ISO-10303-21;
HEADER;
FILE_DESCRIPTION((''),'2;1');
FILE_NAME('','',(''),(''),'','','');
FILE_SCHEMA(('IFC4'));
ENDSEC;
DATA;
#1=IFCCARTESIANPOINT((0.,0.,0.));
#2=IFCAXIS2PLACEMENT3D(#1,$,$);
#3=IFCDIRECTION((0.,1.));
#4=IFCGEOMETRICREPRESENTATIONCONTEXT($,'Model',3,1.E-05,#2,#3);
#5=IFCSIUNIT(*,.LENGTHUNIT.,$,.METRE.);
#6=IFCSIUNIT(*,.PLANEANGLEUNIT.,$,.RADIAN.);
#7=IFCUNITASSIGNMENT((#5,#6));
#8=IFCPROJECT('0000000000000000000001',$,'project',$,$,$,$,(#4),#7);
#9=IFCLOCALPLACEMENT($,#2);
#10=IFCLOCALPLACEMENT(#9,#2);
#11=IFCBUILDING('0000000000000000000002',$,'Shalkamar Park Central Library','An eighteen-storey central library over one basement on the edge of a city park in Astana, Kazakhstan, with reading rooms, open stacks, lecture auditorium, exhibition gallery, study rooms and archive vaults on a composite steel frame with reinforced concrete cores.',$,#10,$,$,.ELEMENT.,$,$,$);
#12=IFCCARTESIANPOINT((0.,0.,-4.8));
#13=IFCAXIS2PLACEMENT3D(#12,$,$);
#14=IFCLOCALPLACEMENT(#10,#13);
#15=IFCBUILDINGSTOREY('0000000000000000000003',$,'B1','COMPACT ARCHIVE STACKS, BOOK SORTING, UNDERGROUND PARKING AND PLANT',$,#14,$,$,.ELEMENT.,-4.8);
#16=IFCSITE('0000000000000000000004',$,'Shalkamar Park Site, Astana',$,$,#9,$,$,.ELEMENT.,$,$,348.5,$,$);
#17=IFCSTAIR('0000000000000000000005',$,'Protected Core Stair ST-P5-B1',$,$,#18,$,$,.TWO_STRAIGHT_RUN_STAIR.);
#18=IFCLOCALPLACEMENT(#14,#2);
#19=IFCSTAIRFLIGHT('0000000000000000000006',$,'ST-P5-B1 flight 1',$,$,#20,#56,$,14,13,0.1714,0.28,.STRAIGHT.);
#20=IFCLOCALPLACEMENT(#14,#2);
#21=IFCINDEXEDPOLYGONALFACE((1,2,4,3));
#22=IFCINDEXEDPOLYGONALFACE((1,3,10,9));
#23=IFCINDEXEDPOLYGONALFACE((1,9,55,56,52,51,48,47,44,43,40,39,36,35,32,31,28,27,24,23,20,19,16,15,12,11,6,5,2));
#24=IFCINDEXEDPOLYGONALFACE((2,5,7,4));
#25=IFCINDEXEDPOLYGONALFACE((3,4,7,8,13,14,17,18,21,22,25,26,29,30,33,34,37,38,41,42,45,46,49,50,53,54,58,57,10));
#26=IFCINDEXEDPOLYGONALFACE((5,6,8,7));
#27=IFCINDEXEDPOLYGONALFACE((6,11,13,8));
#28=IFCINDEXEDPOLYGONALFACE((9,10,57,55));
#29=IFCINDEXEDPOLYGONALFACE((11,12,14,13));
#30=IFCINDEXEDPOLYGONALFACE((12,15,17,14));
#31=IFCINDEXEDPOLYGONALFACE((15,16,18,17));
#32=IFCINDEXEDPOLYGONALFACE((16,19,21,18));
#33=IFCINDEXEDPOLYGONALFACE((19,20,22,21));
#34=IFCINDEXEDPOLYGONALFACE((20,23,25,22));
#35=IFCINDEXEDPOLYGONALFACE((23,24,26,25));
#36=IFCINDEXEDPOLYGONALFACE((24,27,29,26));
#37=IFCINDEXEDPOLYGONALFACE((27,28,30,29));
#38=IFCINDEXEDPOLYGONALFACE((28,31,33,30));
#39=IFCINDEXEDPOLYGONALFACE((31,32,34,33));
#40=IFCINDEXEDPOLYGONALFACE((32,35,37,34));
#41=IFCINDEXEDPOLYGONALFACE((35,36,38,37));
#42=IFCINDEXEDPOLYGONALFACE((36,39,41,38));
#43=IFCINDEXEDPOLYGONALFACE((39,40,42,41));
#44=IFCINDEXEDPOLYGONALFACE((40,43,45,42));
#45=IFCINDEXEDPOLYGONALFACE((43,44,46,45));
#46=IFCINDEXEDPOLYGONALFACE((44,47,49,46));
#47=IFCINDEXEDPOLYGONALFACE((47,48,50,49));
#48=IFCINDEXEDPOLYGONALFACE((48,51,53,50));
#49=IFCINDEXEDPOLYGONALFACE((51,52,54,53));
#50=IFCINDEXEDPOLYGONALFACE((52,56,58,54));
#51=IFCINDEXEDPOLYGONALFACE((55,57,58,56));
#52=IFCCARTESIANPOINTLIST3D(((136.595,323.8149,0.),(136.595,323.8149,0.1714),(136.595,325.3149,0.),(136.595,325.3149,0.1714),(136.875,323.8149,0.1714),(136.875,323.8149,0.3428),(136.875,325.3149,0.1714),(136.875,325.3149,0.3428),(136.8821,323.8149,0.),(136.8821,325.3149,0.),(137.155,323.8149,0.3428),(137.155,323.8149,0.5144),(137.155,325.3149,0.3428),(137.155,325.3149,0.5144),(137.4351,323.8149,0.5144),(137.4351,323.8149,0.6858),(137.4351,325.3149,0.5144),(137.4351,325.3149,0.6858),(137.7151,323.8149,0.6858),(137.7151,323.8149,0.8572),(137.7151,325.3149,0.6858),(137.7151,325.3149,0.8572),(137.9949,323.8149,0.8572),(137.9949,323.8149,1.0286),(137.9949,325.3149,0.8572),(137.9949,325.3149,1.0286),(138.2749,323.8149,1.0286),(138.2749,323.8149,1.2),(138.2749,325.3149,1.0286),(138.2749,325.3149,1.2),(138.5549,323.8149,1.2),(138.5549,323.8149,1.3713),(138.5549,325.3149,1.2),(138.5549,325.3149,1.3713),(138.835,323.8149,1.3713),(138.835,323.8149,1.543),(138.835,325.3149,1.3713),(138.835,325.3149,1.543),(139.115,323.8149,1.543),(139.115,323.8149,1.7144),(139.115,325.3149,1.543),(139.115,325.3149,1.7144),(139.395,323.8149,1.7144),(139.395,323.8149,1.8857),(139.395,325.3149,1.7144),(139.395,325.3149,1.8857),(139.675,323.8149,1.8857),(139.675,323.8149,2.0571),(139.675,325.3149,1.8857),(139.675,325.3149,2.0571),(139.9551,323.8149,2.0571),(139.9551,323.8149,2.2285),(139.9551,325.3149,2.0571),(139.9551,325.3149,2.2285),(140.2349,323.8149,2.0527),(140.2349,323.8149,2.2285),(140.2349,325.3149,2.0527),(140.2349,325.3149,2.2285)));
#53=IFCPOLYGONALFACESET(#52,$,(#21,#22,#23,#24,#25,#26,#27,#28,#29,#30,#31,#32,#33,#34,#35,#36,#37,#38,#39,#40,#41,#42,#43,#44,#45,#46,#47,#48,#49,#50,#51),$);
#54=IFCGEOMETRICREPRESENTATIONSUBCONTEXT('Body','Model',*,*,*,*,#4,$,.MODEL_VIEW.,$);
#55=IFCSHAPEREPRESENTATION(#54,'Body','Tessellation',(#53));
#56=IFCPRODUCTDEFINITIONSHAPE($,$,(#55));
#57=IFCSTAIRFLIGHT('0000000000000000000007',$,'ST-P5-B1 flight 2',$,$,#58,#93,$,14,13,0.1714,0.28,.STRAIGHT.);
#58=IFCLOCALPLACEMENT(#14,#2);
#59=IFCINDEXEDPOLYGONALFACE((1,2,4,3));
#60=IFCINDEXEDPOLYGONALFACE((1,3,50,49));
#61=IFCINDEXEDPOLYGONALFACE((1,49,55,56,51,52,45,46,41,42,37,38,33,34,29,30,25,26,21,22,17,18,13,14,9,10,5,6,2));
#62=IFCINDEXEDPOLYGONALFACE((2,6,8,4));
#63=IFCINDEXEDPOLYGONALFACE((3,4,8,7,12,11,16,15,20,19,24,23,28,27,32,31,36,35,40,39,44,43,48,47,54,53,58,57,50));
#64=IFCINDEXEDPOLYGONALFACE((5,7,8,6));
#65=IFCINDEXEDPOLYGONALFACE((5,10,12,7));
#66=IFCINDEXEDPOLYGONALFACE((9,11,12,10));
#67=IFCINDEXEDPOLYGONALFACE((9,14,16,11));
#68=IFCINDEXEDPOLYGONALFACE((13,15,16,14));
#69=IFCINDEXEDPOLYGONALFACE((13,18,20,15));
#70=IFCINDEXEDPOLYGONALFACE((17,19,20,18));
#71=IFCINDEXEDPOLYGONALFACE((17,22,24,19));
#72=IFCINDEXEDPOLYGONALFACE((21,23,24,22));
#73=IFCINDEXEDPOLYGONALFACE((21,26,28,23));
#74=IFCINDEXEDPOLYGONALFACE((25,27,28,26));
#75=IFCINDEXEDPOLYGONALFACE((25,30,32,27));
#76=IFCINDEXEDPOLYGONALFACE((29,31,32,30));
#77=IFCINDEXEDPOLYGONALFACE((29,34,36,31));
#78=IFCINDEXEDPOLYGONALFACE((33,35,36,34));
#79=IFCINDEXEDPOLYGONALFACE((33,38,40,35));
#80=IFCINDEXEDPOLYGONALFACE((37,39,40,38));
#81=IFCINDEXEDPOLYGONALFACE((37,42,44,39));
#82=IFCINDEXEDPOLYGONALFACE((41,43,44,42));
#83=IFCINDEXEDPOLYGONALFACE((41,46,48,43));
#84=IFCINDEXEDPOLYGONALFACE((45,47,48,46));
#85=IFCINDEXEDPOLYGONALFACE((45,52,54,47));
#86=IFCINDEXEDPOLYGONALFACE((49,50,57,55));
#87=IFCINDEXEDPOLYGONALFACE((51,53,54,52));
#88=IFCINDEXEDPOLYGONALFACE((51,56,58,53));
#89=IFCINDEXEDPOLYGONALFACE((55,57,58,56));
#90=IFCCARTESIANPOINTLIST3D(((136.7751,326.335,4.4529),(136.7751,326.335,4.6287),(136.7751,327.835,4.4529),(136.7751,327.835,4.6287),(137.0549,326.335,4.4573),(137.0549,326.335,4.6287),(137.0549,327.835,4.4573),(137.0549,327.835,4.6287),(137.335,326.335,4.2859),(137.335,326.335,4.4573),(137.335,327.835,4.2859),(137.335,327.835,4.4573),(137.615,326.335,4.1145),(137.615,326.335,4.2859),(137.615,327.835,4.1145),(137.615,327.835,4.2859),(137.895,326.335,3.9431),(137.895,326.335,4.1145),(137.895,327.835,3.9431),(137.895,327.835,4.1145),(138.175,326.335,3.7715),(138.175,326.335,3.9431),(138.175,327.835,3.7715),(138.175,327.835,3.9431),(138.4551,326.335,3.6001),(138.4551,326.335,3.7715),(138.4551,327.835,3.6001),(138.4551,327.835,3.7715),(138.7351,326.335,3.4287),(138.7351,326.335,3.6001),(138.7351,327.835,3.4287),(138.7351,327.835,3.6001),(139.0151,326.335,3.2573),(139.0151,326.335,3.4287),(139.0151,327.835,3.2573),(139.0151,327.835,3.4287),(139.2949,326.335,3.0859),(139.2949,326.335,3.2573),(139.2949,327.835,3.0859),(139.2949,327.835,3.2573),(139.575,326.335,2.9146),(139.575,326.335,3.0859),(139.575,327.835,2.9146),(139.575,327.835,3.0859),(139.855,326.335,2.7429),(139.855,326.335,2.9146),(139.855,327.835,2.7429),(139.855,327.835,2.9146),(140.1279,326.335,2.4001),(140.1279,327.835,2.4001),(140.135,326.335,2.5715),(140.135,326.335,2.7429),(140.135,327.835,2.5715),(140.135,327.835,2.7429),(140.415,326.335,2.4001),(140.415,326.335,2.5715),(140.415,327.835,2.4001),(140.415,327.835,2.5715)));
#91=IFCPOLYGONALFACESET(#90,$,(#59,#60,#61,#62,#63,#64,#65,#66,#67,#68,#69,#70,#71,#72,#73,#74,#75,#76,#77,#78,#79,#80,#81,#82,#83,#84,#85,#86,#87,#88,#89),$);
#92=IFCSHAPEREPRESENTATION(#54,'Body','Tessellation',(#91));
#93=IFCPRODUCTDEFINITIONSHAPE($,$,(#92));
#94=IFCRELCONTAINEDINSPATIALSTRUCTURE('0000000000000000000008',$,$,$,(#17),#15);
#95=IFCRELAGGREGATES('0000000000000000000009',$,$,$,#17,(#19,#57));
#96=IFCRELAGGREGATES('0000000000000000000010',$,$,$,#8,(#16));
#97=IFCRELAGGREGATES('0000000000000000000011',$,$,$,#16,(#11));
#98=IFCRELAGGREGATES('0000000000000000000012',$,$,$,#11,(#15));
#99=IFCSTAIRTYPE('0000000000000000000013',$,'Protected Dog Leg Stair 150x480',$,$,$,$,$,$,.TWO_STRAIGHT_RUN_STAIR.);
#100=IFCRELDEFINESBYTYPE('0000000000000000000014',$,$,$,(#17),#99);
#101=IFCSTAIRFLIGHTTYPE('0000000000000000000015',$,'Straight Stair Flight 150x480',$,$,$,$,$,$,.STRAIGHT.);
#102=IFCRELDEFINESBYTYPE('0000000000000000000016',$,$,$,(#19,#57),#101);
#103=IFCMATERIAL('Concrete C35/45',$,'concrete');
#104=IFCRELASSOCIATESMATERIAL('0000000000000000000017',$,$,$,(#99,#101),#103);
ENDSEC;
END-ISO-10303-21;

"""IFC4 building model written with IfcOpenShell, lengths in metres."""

from ifc_helpers import new_model, si_unit, direction, frame, origin, place, context, subcontext, project, spatial, polyline, outline, extrude, material, type_object, element, aggregate, save


model = new_model("IFC4")

# Units and contexts
model_context = context("Model", 3, precision=1e-05, world=origin(), true_north=direction((0.0, 1.0)))
body_context = subcontext(model_context, "Body", "Model", "MODEL_VIEW")
ifc_project = project(units=[si_unit("LENGTHUNIT", "METRE"), si_unit("PLANEANGLEUNIT", "RADIAN")], contexts=[model_context])

# Site, building, storey
site_placement = place(None, origin())
site = spatial("IfcSite", under=ifc_project, at=site_placement, Name="Shalkamar Park Site, Astana", CompositionType="ELEMENT", RefElevation=348.5)
building_placement = place(site_placement, origin())
building = spatial("IfcBuilding", under=site, at=building_placement, Name="Shalkamar Park Central Library", Description="An eighteen-storey central library over one basement on the edge of a city park in Astana, Kazakhstan, with reading rooms, open stacks, lecture auditorium, exhibition gallery, study rooms and archive vaults on a composite steel frame with reinforced concrete cores.", CompositionType="ELEMENT")
storey_placement = place(building_placement, frame((0.0, 0.0, -4.8)))
storey = spatial("IfcBuildingStorey", under=building, at=storey_placement, Name="B1", Description="COMPACT ARCHIVE STACKS, BOOK SORTING, UNDERGROUND PARKING AND PLANT", CompositionType="ELEMENT", Elevation=-4.8)

# Shared definitions
ifc_material_1 = material(Name="Concrete C35/45", Category="concrete")

# Stair, stair flights
stair_type = type_object("IfcStairType", Name="Protected Dog Leg Stair 150x480", PredefinedType="TWO_STRAIGHT_RUN_STAIR", material=ifc_material_1)
stair_placement = place(storey_placement, origin())
stair = element("IfcStair", 1, at=stair_placement, inside=storey, type_object=stair_type, Name="Protected Core Stair ST-P5-B1", PredefinedType="TWO_STRAIGHT_RUN_STAIR")
stair_flight_type = type_object("IfcStairFlightType", Name="Straight Stair Flight 150x480", PredefinedType="STRAIGHT", material=ifc_material_1)
stair_flight_1_placement = place(storey_placement, frame((136.595, 324.5649, 0.0), z_axis=(0.0, 0.0, 1.0), x_axis=(1.0, 0.0, 0.0)))
stair_flight_1 = element("IfcStairFlight", 2, at=stair_flight_1_placement, type_object=stair_flight_type, Name="ST-P5-B1 flight 1", NumberOfRisers=14, NumberOfTreads=13, PredefinedType="STRAIGHT", RiserHeight=0.1714, TreadLength=0.28, context=body_context, shape_type="SweptSolid", body=[
    extrude(outline(polyline([(0.0, 0.0), (0.0, 0.1714), (0.28, 0.1714), (0.28, 0.3428), (0.5601, 0.3428), (0.5601, 0.5144), (0.8401, 0.5144), (0.8401, 0.6858), (1.1201, 0.6858), (1.1201, 0.8572), (1.3999, 0.8572), (1.3999, 1.0286), (1.6799, 1.0286), (1.6799, 1.2), (1.96, 1.2), (1.96, 1.3713), (2.24, 1.3713), (2.24, 1.543), (2.52, 1.543), (2.52, 1.7144), (2.8, 1.7144), (2.8, 1.8857), (3.0801, 1.8857), (3.0801, 2.0571), (3.3601, 2.0571), (3.3601, 2.2285), (3.6399, 2.2285), (3.6399, 2.3999), (3.6399, 2.0527), (0.2871, 0.0), (0.0, 0.0)])), frame((0.0, 0.75, 0.0), z_axis=(0.0, -1.0, 0.0), x_axis=(1.0, 0.0, 0.0)), (0.0, 0.0, 1.0), 1.5),
])
stair_flight_2_placement = place(storey_placement, frame((140.415, 327.085, 2.4001), z_axis=(0.0, 0.0, 1.0), x_axis=(-1.0, 0.0, 0.0)))
stair_flight_2 = element("IfcStairFlight", 3, at=stair_flight_2_placement, type_object=stair_flight_type, Name="ST-P5-B1 flight 2", NumberOfRisers=14, NumberOfTreads=13, PredefinedType="STRAIGHT", RiserHeight=0.1714, TreadLength=0.28, context=body_context, shape_type="SweptSolid", body=[
    extrude(outline(polyline([(0.0, 0.0), (0.0, 0.1714), (0.28, 0.1714), (0.28, 0.3428), (0.5601, 0.3428), (0.5601, 0.5144), (0.8401, 0.5144), (0.8401, 0.6858), (1.1201, 0.6858), (1.1201, 0.8572), (1.3999, 0.8572), (1.3999, 1.0286), (1.6799, 1.0286), (1.6799, 1.2), (1.96, 1.2), (1.96, 1.3713), (2.24, 1.3713), (2.24, 1.543), (2.52, 1.543), (2.52, 1.7144), (2.8, 1.7144), (2.8, 1.8857), (3.0801, 1.8857), (3.0801, 2.0571), (3.3601, 2.0571), (3.3601, 2.2285), (3.6399, 2.2285), (3.6399, 2.3999), (3.6399, 2.0527), (0.2871, 0.0), (0.0, 0.0)])), frame((0.0, 0.75, 0.0), z_axis=(0.0, -1.0, 0.0), x_axis=(1.0, 0.0, 0.0)), (0.0, 0.0, 1.0), 1.5),
])
aggregate(stair, [stair_flight_1, stair_flight_2])

save(model, "model.ifc")
